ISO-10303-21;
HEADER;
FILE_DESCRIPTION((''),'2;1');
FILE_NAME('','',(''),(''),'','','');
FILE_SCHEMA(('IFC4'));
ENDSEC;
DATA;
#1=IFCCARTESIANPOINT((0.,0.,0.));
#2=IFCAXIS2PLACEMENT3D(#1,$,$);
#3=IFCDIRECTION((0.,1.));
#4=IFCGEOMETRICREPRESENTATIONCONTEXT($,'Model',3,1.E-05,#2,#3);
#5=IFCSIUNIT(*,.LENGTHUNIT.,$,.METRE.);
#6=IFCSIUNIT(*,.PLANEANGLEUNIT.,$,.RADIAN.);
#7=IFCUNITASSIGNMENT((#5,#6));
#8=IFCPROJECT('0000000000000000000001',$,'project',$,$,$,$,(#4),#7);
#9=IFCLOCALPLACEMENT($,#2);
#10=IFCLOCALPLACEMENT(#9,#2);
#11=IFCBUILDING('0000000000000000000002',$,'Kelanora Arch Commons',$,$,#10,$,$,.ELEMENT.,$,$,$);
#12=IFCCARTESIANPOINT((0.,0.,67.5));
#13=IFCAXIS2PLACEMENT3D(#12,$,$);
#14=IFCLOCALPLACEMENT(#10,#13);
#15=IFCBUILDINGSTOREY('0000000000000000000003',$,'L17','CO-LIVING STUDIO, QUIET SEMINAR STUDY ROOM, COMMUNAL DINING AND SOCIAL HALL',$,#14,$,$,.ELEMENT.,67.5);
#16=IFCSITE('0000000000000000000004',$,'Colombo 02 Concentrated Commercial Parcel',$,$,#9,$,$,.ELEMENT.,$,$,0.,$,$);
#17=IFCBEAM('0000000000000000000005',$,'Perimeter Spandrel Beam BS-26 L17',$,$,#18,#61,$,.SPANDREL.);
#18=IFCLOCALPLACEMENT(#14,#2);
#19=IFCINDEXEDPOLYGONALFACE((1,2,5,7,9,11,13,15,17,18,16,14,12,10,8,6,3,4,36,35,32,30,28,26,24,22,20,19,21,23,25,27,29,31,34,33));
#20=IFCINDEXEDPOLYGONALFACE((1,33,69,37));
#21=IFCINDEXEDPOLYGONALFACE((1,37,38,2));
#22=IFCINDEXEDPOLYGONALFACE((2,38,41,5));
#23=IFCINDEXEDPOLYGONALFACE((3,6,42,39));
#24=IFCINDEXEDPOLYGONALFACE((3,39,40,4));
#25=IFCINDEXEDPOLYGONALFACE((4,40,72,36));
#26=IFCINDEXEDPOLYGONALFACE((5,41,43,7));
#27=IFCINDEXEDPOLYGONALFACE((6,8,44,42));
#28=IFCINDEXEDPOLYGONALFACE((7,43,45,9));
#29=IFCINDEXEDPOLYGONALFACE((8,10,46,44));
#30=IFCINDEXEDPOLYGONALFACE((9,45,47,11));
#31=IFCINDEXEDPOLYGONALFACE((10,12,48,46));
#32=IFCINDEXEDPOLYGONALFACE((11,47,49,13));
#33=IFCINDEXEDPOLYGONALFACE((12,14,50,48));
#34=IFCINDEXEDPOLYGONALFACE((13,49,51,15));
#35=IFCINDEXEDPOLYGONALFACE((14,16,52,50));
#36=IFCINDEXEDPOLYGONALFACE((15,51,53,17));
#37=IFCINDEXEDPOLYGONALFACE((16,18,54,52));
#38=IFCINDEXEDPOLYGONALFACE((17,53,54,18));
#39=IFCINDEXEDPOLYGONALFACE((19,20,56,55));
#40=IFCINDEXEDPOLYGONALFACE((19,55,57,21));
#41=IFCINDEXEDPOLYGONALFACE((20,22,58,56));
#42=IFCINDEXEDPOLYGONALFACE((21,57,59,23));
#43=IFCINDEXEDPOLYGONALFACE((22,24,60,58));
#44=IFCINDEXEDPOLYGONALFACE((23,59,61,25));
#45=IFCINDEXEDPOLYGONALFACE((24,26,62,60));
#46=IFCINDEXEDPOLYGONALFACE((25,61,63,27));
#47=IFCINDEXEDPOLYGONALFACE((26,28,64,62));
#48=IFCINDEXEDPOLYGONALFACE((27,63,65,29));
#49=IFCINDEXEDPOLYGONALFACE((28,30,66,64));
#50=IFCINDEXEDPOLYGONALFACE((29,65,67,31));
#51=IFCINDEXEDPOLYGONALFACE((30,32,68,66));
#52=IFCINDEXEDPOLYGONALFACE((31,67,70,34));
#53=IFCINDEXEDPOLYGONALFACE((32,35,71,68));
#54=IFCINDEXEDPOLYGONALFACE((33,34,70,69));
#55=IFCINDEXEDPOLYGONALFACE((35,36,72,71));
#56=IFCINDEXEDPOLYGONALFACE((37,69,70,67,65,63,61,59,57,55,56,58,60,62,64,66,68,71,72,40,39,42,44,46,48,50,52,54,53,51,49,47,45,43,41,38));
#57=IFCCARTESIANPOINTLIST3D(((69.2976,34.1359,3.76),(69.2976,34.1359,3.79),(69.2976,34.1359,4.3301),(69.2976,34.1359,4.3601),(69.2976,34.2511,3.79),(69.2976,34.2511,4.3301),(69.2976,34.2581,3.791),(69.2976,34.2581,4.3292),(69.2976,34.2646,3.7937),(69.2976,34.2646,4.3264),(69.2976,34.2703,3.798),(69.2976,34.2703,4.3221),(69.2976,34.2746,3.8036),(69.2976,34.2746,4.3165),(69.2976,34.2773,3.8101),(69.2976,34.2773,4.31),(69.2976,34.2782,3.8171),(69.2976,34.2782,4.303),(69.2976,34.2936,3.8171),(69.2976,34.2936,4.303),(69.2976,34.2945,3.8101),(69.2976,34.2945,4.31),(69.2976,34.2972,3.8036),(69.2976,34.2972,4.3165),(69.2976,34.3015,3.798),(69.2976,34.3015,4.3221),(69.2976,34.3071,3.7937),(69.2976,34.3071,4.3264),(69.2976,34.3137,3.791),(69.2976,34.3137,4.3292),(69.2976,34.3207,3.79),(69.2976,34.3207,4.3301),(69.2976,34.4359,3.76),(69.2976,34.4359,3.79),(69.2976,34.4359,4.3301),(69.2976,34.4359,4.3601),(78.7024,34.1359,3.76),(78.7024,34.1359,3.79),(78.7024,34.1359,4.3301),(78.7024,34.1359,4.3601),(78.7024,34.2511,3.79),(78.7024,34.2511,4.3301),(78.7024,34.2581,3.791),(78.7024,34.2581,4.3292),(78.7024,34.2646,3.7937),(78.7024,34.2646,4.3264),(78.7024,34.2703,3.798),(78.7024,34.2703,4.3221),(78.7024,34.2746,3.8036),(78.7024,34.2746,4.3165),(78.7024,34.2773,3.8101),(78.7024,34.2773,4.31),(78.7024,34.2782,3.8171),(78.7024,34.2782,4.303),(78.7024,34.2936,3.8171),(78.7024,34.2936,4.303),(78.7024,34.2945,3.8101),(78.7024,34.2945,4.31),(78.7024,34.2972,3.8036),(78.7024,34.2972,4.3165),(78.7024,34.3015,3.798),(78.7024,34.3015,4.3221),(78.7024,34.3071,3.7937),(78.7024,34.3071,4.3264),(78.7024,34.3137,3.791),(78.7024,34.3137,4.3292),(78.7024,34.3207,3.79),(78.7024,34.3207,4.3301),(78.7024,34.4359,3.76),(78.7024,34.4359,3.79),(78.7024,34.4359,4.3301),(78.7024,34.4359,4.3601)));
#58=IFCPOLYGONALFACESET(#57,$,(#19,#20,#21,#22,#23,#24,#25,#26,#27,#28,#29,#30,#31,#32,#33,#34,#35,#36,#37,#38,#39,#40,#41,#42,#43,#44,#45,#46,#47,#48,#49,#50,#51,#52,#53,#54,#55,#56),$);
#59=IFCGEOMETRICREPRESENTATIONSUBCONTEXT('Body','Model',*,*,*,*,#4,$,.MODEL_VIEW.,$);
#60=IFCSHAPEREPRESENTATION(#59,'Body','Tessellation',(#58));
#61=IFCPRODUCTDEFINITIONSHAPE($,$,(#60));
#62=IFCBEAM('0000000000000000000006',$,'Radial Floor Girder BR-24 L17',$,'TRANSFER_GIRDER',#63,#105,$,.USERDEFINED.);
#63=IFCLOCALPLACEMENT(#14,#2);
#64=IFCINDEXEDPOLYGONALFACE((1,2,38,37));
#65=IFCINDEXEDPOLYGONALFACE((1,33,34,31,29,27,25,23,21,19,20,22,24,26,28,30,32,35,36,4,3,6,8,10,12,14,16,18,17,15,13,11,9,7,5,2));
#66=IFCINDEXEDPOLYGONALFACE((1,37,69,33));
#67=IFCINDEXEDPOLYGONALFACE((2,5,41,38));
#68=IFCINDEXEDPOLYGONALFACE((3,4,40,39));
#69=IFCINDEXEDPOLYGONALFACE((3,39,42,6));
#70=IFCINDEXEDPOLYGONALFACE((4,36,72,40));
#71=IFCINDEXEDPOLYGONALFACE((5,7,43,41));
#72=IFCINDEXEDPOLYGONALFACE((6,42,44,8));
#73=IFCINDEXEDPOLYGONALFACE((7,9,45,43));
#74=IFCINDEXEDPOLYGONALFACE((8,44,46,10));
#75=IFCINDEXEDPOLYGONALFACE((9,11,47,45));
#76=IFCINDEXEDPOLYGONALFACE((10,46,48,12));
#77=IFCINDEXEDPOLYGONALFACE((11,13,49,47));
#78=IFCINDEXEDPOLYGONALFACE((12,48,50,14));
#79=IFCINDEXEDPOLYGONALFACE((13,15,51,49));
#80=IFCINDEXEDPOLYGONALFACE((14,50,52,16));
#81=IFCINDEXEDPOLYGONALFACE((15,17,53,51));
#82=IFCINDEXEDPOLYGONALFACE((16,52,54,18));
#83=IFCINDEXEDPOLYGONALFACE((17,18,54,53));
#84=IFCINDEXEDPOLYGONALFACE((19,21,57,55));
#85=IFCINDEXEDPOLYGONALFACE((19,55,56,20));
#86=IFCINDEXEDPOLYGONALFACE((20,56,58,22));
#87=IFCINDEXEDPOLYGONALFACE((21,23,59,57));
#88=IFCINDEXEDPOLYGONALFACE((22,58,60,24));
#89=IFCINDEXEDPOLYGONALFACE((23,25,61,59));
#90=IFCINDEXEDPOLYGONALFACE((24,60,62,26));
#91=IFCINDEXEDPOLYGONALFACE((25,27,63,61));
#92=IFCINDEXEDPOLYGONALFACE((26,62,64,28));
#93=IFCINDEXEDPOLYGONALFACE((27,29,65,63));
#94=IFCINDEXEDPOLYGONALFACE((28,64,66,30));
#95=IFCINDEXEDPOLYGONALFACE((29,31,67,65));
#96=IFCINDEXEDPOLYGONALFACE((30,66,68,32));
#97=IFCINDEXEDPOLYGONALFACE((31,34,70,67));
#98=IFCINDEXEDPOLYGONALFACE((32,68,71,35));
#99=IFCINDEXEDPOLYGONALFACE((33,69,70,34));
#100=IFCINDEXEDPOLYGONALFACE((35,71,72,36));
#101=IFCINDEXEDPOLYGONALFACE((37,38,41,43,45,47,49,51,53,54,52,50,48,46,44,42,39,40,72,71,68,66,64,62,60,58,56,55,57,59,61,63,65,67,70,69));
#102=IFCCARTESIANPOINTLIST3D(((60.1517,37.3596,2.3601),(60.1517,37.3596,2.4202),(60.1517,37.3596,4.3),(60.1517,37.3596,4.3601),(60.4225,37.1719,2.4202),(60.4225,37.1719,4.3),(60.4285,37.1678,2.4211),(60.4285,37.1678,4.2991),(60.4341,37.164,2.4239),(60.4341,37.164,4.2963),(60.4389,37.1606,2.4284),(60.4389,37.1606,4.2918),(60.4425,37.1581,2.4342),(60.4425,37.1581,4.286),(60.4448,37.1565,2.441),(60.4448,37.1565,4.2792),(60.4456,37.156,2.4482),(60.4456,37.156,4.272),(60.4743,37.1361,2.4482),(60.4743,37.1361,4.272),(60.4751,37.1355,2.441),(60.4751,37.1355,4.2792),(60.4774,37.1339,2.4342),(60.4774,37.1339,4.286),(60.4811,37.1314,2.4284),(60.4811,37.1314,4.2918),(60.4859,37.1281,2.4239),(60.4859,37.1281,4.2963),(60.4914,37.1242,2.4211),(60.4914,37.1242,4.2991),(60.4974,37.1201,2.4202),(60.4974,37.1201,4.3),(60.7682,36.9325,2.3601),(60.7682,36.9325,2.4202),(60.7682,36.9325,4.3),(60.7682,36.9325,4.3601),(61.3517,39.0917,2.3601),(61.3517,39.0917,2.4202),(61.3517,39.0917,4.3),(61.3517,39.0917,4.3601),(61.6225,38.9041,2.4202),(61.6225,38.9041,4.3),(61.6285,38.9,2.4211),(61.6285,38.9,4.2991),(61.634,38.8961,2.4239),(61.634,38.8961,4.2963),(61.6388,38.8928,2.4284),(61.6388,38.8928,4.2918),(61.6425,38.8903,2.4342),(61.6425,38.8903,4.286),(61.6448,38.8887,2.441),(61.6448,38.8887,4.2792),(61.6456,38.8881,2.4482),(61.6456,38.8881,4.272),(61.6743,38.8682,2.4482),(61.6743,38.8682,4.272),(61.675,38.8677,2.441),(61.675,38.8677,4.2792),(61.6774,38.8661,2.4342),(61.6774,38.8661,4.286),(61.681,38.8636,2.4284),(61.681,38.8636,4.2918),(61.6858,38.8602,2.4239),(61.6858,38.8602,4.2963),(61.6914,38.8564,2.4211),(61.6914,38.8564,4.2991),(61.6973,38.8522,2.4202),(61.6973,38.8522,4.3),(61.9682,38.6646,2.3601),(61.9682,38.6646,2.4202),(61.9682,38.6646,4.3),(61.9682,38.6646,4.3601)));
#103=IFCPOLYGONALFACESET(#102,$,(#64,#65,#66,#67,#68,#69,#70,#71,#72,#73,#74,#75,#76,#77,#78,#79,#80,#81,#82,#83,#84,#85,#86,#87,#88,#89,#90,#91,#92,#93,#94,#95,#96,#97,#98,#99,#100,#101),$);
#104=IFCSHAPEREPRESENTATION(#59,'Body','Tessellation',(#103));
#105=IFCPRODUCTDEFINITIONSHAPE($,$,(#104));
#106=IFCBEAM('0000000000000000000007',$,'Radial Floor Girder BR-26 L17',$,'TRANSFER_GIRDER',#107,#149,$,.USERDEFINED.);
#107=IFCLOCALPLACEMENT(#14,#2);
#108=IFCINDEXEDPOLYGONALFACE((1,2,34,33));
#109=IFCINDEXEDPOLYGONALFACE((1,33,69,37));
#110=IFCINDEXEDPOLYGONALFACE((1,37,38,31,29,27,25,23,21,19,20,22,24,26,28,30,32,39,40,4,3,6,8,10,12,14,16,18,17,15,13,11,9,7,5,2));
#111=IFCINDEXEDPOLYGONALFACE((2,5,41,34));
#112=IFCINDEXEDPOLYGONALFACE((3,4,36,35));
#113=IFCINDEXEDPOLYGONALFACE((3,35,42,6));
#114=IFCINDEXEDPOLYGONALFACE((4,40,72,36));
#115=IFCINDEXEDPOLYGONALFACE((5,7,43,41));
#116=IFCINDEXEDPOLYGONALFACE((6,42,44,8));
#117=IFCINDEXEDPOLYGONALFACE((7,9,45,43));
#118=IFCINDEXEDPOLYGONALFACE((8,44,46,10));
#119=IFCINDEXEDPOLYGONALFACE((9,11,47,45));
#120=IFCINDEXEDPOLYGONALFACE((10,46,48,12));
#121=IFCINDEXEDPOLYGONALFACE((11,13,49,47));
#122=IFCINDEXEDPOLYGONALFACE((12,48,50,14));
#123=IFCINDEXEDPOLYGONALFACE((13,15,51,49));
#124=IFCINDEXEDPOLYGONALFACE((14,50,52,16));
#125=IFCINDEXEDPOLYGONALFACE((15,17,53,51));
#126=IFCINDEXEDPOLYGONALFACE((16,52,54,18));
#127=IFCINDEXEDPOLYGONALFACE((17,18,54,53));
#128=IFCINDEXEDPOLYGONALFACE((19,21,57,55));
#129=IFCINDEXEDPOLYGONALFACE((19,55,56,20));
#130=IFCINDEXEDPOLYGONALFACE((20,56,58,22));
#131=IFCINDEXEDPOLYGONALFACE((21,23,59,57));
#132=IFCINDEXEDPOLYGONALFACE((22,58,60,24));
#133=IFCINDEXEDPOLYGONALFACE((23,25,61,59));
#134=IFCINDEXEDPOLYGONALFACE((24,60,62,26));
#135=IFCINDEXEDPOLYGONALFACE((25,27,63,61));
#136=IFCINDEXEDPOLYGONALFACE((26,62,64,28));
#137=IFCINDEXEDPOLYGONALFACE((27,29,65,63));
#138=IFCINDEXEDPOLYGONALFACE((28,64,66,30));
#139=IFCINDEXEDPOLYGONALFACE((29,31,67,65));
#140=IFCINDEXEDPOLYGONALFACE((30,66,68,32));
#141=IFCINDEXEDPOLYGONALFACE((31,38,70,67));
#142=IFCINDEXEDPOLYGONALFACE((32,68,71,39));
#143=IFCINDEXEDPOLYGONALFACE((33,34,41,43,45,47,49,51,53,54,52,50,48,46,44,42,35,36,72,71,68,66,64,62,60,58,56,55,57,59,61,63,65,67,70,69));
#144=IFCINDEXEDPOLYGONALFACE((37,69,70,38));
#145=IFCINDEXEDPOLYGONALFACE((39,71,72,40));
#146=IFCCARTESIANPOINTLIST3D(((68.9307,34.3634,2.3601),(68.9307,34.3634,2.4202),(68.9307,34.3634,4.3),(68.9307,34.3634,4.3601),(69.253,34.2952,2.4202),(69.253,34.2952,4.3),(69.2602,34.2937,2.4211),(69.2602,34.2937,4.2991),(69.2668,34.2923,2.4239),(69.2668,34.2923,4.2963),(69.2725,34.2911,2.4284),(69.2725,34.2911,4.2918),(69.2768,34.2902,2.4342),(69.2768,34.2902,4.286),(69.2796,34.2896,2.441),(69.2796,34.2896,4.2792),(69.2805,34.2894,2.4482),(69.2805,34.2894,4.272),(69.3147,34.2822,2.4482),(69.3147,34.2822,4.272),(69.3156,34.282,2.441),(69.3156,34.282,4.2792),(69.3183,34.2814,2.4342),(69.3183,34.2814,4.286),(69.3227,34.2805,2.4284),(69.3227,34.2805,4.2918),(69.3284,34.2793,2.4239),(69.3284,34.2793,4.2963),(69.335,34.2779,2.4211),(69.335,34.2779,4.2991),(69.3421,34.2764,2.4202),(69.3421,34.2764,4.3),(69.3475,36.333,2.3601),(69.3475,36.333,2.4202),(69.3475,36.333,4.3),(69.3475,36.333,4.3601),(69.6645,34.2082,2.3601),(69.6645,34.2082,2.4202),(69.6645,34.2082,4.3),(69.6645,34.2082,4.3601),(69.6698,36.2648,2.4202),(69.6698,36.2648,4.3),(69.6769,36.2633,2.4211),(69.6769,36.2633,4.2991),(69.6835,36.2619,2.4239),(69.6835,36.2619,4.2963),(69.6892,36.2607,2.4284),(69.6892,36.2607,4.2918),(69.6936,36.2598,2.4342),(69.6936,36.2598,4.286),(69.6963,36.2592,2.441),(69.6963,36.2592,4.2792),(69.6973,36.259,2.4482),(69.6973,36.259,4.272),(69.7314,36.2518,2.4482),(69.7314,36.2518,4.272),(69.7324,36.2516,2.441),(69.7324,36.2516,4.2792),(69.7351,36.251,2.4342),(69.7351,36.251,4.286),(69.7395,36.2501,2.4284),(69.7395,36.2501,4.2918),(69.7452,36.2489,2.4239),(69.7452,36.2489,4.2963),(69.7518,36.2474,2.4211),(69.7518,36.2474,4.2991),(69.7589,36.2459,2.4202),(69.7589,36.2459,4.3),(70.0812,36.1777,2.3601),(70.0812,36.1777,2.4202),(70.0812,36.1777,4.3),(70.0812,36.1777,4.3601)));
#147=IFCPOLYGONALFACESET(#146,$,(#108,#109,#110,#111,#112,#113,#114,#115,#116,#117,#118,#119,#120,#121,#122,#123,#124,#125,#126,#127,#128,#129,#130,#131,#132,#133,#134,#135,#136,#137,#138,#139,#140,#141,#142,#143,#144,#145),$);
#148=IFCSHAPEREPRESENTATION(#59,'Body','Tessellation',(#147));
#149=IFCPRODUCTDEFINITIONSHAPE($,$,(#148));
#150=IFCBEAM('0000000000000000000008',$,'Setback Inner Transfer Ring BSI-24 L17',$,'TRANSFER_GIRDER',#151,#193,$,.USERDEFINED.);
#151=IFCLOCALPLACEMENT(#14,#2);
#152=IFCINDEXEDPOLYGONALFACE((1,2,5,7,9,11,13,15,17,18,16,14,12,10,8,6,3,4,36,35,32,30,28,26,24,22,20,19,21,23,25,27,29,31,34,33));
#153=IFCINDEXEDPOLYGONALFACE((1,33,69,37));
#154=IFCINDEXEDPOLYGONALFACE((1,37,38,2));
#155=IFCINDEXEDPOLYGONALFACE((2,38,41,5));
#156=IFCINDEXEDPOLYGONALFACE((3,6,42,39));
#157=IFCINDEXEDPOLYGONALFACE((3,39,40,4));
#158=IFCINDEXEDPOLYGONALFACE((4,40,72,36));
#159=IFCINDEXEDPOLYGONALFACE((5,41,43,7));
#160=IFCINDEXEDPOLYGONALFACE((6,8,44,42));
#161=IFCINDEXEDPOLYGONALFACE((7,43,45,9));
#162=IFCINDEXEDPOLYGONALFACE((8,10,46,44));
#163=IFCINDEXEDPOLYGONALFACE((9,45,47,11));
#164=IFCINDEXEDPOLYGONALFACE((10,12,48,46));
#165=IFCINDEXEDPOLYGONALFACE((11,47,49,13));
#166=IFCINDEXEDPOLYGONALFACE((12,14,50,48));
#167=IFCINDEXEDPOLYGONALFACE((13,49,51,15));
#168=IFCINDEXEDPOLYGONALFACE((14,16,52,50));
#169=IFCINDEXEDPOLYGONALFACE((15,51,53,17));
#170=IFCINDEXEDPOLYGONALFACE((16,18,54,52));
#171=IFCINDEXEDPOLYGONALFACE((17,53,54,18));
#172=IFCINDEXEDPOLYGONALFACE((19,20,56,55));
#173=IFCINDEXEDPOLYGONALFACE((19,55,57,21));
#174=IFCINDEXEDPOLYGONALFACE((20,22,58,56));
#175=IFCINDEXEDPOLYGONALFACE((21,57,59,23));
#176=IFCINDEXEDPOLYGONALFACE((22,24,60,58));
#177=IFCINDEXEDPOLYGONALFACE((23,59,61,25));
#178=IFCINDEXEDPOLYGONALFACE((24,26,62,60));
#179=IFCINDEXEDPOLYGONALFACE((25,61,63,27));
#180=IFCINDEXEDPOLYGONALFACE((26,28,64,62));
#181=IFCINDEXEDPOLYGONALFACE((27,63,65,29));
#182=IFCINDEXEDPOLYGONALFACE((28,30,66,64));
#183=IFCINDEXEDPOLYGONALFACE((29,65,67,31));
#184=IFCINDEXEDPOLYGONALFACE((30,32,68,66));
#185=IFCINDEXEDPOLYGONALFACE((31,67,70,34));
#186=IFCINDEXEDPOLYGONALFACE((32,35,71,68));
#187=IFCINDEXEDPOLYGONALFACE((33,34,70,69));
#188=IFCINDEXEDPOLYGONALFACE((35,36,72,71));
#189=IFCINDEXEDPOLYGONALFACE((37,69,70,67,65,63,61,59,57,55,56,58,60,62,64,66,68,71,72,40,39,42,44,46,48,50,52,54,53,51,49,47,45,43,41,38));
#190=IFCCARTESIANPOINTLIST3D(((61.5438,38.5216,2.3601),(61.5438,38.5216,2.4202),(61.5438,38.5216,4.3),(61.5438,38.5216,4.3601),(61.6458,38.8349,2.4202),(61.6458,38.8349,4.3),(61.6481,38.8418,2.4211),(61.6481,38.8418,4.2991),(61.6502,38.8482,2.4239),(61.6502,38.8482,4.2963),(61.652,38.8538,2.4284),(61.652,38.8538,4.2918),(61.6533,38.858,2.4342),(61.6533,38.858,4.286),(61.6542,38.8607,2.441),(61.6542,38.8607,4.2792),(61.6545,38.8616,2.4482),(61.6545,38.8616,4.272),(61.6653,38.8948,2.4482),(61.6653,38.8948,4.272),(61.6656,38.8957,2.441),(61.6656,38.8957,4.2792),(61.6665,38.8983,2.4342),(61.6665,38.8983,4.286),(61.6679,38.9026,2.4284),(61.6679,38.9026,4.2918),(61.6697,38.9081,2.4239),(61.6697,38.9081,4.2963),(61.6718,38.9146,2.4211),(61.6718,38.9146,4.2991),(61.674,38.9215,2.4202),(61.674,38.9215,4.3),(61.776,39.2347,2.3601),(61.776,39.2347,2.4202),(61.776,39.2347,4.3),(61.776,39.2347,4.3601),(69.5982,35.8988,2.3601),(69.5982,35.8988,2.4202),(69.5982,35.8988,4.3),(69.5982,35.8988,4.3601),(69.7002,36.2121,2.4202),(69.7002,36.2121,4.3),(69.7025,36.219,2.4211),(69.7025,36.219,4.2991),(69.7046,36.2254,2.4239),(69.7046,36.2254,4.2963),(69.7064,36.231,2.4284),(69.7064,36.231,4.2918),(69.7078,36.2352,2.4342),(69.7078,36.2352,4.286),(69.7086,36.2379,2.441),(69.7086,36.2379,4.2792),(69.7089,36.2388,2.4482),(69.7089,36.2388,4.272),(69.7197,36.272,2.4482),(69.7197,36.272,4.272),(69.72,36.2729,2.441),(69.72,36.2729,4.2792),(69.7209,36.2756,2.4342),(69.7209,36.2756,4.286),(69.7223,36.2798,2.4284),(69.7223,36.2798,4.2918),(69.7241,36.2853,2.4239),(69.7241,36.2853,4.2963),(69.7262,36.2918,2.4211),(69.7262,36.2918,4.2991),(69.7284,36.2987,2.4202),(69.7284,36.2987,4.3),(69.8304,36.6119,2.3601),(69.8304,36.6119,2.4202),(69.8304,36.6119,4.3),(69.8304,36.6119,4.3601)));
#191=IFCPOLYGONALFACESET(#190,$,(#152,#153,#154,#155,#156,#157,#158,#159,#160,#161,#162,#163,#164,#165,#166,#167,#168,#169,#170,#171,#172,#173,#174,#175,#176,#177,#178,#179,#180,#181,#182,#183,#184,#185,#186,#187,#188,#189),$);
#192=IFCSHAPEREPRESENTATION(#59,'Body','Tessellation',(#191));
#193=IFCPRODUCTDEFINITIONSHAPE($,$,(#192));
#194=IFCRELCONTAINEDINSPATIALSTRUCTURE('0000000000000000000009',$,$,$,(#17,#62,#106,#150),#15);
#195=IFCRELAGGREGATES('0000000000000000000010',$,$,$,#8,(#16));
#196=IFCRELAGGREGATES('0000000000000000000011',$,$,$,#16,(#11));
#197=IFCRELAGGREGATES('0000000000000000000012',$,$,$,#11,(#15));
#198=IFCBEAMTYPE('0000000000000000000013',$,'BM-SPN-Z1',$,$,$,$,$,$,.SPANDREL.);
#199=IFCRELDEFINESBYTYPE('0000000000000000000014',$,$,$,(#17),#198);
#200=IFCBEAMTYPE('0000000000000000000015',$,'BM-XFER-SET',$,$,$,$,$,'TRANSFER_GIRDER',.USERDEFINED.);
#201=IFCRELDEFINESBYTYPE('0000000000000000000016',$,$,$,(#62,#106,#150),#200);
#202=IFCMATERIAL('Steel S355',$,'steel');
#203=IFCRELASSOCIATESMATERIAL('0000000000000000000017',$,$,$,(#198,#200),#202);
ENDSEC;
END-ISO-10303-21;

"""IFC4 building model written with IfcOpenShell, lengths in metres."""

from ifc_helpers import new_model, si_unit, direction, frame, origin, origin_2d, place, context, subcontext, project, spatial, i_section, extrude, material, material_profile, profile_set, type_object, element, save


model = new_model("IFC4")

# Units and contexts
model_context = context("Model", 3, precision=1e-05, world=origin(), true_north=direction((0.0, 1.0)))
body_context = subcontext(model_context, "Body", "Model", "MODEL_VIEW")
ifc_project = project(units=[si_unit("LENGTHUNIT", "METRE"), si_unit("PLANEANGLEUNIT", "RADIAN")], contexts=[model_context])

# Site, building, storey
site_placement = place(None, origin())
site = spatial("IfcSite", under=ifc_project, at=site_placement, Name="Colombo 02 Concentrated Commercial Parcel", CompositionType="ELEMENT", RefElevation=0.0)
building_placement = place(site_placement, origin())
building = spatial("IfcBuilding", under=site, at=building_placement, Name="Kelanora Arch Commons", CompositionType="ELEMENT")
storey_placement = place(building_placement, frame((0.0, 0.0, 67.5)))
storey = spatial("IfcBuildingStorey", under=building, at=storey_placement, Name="L17", Description="CO-LIVING STUDIO, QUIET SEMINAR STUDY ROOM, COMMUNAL DINING AND SOCIAL HALL", CompositionType="ELEMENT", Elevation=67.5)

# Beams
ifc_material_1 = material(Name="Steel S355", Category="steel")
ifc_material_profile_1 = material_profile(ifc_material_1, i_section(OverallWidth=0.3, OverallDepth=0.6001, WebThickness=0.0154, FlangeThickness=0.03, FilletRadius=0.0271, at=origin_2d()), Name="HEB600")
ifc_profile_set_1 = profile_set([ifc_material_profile_1], Name="Steel S355")
beam_type_1 = type_object("IfcBeamType", Name="BM-SPN-Z1", PredefinedType="SPANDREL", material=ifc_profile_set_1)
beam_1_placement = place(storey_placement, frame((69.2976, 34.2859, 4.0601), z_axis=(1.0, 0.0, 0.0), x_axis=(0.0, 1.0, 0.0)))
element("IfcBeam", 1, at=beam_1_placement, inside=storey, type_object=beam_type_1, Name="Perimeter Spandrel Beam BS-26 L17", PredefinedType="SPANDREL", context=body_context, shape_type="SweptSolid", body=[
    extrude(i_section(OverallWidth=0.3, OverallDepth=0.6001, WebThickness=0.0154, FlangeThickness=0.03, FilletRadius=0.0271, at=origin_2d()), origin(), (0.0, 0.0, 1.0), 9.4048),
])
ifc_material_profile_2 = material_profile(ifc_material_1, i_section(OverallWidth=0.75, OverallDepth=2.0, WebThickness=0.0349, FlangeThickness=0.0601, FilletRadius=0.0281, at=origin_2d()), Name="PG2000x750")
ifc_profile_set_2 = profile_set([ifc_material_profile_2], Name="Steel S355")
beam_type_2 = type_object("IfcBeamType", Name="BM-XFER-SET", ElementType="TRANSFER_GIRDER", PredefinedType="USERDEFINED", material=ifc_profile_set_2)
beam_2_placement = place(storey_placement, frame((61.6599, 38.8782, 3.3601), z_axis=(-0.569451, -0.822025, 0.0), x_axis=(0.822025, -0.569451, 0.0)))
element("IfcBeam", 2, at=beam_2_placement, inside=storey, type_object=beam_type_2, Name="Radial Floor Girder BR-24 L17", ObjectType="TRANSFER_GIRDER", PredefinedType="USERDEFINED", context=body_context, shape_type="SweptSolid", body=[
    extrude(i_section(OverallWidth=0.75, OverallDepth=2.0, WebThickness=0.0349, FlangeThickness=0.0601, FilletRadius=0.0281, at=origin_2d()), origin(), (0.0, 0.0, 1.0), 2.1072),
])
beam_3_placement = place(storey_placement, frame((69.7144, 36.2554, 3.3601), z_axis=(-0.207019, -0.978337, 0.0), x_axis=(0.978337, -0.207019, 0.0)))
element("IfcBeam", 3, at=beam_3_placement, inside=storey, type_object=beam_type_2, Name="Radial Floor Girder BR-26 L17", ObjectType="TRANSFER_GIRDER", PredefinedType="USERDEFINED", context=body_context, shape_type="SweptSolid", body=[
    extrude(i_section(OverallWidth=0.75, OverallDepth=2.0, WebThickness=0.0349, FlangeThickness=0.0601, FilletRadius=0.0281, at=origin_2d()), origin(), (0.0, 0.0, 1.0), 2.0132),
])
beam_4_placement = place(storey_placement, frame((61.6599, 38.8782, 3.3601), z_axis=(0.950857, -0.309631, 0.0), x_axis=(0.309631, 0.950857, 0.0)))
element("IfcBeam", 4, at=beam_4_placement, inside=storey, type_object=beam_type_2, Name="Setback Inner Transfer Ring BSI-24 L17", ObjectType="TRANSFER_GIRDER", PredefinedType="USERDEFINED", context=body_context, shape_type="SweptSolid", body=[
    extrude(i_section(OverallWidth=0.75, OverallDepth=2.0, WebThickness=0.0349, FlangeThickness=0.0601, FilletRadius=0.0281, at=origin_2d()), origin(), (0.0, 0.0, 1.0), 8.4707),
])

save(model, "model.ifc")
